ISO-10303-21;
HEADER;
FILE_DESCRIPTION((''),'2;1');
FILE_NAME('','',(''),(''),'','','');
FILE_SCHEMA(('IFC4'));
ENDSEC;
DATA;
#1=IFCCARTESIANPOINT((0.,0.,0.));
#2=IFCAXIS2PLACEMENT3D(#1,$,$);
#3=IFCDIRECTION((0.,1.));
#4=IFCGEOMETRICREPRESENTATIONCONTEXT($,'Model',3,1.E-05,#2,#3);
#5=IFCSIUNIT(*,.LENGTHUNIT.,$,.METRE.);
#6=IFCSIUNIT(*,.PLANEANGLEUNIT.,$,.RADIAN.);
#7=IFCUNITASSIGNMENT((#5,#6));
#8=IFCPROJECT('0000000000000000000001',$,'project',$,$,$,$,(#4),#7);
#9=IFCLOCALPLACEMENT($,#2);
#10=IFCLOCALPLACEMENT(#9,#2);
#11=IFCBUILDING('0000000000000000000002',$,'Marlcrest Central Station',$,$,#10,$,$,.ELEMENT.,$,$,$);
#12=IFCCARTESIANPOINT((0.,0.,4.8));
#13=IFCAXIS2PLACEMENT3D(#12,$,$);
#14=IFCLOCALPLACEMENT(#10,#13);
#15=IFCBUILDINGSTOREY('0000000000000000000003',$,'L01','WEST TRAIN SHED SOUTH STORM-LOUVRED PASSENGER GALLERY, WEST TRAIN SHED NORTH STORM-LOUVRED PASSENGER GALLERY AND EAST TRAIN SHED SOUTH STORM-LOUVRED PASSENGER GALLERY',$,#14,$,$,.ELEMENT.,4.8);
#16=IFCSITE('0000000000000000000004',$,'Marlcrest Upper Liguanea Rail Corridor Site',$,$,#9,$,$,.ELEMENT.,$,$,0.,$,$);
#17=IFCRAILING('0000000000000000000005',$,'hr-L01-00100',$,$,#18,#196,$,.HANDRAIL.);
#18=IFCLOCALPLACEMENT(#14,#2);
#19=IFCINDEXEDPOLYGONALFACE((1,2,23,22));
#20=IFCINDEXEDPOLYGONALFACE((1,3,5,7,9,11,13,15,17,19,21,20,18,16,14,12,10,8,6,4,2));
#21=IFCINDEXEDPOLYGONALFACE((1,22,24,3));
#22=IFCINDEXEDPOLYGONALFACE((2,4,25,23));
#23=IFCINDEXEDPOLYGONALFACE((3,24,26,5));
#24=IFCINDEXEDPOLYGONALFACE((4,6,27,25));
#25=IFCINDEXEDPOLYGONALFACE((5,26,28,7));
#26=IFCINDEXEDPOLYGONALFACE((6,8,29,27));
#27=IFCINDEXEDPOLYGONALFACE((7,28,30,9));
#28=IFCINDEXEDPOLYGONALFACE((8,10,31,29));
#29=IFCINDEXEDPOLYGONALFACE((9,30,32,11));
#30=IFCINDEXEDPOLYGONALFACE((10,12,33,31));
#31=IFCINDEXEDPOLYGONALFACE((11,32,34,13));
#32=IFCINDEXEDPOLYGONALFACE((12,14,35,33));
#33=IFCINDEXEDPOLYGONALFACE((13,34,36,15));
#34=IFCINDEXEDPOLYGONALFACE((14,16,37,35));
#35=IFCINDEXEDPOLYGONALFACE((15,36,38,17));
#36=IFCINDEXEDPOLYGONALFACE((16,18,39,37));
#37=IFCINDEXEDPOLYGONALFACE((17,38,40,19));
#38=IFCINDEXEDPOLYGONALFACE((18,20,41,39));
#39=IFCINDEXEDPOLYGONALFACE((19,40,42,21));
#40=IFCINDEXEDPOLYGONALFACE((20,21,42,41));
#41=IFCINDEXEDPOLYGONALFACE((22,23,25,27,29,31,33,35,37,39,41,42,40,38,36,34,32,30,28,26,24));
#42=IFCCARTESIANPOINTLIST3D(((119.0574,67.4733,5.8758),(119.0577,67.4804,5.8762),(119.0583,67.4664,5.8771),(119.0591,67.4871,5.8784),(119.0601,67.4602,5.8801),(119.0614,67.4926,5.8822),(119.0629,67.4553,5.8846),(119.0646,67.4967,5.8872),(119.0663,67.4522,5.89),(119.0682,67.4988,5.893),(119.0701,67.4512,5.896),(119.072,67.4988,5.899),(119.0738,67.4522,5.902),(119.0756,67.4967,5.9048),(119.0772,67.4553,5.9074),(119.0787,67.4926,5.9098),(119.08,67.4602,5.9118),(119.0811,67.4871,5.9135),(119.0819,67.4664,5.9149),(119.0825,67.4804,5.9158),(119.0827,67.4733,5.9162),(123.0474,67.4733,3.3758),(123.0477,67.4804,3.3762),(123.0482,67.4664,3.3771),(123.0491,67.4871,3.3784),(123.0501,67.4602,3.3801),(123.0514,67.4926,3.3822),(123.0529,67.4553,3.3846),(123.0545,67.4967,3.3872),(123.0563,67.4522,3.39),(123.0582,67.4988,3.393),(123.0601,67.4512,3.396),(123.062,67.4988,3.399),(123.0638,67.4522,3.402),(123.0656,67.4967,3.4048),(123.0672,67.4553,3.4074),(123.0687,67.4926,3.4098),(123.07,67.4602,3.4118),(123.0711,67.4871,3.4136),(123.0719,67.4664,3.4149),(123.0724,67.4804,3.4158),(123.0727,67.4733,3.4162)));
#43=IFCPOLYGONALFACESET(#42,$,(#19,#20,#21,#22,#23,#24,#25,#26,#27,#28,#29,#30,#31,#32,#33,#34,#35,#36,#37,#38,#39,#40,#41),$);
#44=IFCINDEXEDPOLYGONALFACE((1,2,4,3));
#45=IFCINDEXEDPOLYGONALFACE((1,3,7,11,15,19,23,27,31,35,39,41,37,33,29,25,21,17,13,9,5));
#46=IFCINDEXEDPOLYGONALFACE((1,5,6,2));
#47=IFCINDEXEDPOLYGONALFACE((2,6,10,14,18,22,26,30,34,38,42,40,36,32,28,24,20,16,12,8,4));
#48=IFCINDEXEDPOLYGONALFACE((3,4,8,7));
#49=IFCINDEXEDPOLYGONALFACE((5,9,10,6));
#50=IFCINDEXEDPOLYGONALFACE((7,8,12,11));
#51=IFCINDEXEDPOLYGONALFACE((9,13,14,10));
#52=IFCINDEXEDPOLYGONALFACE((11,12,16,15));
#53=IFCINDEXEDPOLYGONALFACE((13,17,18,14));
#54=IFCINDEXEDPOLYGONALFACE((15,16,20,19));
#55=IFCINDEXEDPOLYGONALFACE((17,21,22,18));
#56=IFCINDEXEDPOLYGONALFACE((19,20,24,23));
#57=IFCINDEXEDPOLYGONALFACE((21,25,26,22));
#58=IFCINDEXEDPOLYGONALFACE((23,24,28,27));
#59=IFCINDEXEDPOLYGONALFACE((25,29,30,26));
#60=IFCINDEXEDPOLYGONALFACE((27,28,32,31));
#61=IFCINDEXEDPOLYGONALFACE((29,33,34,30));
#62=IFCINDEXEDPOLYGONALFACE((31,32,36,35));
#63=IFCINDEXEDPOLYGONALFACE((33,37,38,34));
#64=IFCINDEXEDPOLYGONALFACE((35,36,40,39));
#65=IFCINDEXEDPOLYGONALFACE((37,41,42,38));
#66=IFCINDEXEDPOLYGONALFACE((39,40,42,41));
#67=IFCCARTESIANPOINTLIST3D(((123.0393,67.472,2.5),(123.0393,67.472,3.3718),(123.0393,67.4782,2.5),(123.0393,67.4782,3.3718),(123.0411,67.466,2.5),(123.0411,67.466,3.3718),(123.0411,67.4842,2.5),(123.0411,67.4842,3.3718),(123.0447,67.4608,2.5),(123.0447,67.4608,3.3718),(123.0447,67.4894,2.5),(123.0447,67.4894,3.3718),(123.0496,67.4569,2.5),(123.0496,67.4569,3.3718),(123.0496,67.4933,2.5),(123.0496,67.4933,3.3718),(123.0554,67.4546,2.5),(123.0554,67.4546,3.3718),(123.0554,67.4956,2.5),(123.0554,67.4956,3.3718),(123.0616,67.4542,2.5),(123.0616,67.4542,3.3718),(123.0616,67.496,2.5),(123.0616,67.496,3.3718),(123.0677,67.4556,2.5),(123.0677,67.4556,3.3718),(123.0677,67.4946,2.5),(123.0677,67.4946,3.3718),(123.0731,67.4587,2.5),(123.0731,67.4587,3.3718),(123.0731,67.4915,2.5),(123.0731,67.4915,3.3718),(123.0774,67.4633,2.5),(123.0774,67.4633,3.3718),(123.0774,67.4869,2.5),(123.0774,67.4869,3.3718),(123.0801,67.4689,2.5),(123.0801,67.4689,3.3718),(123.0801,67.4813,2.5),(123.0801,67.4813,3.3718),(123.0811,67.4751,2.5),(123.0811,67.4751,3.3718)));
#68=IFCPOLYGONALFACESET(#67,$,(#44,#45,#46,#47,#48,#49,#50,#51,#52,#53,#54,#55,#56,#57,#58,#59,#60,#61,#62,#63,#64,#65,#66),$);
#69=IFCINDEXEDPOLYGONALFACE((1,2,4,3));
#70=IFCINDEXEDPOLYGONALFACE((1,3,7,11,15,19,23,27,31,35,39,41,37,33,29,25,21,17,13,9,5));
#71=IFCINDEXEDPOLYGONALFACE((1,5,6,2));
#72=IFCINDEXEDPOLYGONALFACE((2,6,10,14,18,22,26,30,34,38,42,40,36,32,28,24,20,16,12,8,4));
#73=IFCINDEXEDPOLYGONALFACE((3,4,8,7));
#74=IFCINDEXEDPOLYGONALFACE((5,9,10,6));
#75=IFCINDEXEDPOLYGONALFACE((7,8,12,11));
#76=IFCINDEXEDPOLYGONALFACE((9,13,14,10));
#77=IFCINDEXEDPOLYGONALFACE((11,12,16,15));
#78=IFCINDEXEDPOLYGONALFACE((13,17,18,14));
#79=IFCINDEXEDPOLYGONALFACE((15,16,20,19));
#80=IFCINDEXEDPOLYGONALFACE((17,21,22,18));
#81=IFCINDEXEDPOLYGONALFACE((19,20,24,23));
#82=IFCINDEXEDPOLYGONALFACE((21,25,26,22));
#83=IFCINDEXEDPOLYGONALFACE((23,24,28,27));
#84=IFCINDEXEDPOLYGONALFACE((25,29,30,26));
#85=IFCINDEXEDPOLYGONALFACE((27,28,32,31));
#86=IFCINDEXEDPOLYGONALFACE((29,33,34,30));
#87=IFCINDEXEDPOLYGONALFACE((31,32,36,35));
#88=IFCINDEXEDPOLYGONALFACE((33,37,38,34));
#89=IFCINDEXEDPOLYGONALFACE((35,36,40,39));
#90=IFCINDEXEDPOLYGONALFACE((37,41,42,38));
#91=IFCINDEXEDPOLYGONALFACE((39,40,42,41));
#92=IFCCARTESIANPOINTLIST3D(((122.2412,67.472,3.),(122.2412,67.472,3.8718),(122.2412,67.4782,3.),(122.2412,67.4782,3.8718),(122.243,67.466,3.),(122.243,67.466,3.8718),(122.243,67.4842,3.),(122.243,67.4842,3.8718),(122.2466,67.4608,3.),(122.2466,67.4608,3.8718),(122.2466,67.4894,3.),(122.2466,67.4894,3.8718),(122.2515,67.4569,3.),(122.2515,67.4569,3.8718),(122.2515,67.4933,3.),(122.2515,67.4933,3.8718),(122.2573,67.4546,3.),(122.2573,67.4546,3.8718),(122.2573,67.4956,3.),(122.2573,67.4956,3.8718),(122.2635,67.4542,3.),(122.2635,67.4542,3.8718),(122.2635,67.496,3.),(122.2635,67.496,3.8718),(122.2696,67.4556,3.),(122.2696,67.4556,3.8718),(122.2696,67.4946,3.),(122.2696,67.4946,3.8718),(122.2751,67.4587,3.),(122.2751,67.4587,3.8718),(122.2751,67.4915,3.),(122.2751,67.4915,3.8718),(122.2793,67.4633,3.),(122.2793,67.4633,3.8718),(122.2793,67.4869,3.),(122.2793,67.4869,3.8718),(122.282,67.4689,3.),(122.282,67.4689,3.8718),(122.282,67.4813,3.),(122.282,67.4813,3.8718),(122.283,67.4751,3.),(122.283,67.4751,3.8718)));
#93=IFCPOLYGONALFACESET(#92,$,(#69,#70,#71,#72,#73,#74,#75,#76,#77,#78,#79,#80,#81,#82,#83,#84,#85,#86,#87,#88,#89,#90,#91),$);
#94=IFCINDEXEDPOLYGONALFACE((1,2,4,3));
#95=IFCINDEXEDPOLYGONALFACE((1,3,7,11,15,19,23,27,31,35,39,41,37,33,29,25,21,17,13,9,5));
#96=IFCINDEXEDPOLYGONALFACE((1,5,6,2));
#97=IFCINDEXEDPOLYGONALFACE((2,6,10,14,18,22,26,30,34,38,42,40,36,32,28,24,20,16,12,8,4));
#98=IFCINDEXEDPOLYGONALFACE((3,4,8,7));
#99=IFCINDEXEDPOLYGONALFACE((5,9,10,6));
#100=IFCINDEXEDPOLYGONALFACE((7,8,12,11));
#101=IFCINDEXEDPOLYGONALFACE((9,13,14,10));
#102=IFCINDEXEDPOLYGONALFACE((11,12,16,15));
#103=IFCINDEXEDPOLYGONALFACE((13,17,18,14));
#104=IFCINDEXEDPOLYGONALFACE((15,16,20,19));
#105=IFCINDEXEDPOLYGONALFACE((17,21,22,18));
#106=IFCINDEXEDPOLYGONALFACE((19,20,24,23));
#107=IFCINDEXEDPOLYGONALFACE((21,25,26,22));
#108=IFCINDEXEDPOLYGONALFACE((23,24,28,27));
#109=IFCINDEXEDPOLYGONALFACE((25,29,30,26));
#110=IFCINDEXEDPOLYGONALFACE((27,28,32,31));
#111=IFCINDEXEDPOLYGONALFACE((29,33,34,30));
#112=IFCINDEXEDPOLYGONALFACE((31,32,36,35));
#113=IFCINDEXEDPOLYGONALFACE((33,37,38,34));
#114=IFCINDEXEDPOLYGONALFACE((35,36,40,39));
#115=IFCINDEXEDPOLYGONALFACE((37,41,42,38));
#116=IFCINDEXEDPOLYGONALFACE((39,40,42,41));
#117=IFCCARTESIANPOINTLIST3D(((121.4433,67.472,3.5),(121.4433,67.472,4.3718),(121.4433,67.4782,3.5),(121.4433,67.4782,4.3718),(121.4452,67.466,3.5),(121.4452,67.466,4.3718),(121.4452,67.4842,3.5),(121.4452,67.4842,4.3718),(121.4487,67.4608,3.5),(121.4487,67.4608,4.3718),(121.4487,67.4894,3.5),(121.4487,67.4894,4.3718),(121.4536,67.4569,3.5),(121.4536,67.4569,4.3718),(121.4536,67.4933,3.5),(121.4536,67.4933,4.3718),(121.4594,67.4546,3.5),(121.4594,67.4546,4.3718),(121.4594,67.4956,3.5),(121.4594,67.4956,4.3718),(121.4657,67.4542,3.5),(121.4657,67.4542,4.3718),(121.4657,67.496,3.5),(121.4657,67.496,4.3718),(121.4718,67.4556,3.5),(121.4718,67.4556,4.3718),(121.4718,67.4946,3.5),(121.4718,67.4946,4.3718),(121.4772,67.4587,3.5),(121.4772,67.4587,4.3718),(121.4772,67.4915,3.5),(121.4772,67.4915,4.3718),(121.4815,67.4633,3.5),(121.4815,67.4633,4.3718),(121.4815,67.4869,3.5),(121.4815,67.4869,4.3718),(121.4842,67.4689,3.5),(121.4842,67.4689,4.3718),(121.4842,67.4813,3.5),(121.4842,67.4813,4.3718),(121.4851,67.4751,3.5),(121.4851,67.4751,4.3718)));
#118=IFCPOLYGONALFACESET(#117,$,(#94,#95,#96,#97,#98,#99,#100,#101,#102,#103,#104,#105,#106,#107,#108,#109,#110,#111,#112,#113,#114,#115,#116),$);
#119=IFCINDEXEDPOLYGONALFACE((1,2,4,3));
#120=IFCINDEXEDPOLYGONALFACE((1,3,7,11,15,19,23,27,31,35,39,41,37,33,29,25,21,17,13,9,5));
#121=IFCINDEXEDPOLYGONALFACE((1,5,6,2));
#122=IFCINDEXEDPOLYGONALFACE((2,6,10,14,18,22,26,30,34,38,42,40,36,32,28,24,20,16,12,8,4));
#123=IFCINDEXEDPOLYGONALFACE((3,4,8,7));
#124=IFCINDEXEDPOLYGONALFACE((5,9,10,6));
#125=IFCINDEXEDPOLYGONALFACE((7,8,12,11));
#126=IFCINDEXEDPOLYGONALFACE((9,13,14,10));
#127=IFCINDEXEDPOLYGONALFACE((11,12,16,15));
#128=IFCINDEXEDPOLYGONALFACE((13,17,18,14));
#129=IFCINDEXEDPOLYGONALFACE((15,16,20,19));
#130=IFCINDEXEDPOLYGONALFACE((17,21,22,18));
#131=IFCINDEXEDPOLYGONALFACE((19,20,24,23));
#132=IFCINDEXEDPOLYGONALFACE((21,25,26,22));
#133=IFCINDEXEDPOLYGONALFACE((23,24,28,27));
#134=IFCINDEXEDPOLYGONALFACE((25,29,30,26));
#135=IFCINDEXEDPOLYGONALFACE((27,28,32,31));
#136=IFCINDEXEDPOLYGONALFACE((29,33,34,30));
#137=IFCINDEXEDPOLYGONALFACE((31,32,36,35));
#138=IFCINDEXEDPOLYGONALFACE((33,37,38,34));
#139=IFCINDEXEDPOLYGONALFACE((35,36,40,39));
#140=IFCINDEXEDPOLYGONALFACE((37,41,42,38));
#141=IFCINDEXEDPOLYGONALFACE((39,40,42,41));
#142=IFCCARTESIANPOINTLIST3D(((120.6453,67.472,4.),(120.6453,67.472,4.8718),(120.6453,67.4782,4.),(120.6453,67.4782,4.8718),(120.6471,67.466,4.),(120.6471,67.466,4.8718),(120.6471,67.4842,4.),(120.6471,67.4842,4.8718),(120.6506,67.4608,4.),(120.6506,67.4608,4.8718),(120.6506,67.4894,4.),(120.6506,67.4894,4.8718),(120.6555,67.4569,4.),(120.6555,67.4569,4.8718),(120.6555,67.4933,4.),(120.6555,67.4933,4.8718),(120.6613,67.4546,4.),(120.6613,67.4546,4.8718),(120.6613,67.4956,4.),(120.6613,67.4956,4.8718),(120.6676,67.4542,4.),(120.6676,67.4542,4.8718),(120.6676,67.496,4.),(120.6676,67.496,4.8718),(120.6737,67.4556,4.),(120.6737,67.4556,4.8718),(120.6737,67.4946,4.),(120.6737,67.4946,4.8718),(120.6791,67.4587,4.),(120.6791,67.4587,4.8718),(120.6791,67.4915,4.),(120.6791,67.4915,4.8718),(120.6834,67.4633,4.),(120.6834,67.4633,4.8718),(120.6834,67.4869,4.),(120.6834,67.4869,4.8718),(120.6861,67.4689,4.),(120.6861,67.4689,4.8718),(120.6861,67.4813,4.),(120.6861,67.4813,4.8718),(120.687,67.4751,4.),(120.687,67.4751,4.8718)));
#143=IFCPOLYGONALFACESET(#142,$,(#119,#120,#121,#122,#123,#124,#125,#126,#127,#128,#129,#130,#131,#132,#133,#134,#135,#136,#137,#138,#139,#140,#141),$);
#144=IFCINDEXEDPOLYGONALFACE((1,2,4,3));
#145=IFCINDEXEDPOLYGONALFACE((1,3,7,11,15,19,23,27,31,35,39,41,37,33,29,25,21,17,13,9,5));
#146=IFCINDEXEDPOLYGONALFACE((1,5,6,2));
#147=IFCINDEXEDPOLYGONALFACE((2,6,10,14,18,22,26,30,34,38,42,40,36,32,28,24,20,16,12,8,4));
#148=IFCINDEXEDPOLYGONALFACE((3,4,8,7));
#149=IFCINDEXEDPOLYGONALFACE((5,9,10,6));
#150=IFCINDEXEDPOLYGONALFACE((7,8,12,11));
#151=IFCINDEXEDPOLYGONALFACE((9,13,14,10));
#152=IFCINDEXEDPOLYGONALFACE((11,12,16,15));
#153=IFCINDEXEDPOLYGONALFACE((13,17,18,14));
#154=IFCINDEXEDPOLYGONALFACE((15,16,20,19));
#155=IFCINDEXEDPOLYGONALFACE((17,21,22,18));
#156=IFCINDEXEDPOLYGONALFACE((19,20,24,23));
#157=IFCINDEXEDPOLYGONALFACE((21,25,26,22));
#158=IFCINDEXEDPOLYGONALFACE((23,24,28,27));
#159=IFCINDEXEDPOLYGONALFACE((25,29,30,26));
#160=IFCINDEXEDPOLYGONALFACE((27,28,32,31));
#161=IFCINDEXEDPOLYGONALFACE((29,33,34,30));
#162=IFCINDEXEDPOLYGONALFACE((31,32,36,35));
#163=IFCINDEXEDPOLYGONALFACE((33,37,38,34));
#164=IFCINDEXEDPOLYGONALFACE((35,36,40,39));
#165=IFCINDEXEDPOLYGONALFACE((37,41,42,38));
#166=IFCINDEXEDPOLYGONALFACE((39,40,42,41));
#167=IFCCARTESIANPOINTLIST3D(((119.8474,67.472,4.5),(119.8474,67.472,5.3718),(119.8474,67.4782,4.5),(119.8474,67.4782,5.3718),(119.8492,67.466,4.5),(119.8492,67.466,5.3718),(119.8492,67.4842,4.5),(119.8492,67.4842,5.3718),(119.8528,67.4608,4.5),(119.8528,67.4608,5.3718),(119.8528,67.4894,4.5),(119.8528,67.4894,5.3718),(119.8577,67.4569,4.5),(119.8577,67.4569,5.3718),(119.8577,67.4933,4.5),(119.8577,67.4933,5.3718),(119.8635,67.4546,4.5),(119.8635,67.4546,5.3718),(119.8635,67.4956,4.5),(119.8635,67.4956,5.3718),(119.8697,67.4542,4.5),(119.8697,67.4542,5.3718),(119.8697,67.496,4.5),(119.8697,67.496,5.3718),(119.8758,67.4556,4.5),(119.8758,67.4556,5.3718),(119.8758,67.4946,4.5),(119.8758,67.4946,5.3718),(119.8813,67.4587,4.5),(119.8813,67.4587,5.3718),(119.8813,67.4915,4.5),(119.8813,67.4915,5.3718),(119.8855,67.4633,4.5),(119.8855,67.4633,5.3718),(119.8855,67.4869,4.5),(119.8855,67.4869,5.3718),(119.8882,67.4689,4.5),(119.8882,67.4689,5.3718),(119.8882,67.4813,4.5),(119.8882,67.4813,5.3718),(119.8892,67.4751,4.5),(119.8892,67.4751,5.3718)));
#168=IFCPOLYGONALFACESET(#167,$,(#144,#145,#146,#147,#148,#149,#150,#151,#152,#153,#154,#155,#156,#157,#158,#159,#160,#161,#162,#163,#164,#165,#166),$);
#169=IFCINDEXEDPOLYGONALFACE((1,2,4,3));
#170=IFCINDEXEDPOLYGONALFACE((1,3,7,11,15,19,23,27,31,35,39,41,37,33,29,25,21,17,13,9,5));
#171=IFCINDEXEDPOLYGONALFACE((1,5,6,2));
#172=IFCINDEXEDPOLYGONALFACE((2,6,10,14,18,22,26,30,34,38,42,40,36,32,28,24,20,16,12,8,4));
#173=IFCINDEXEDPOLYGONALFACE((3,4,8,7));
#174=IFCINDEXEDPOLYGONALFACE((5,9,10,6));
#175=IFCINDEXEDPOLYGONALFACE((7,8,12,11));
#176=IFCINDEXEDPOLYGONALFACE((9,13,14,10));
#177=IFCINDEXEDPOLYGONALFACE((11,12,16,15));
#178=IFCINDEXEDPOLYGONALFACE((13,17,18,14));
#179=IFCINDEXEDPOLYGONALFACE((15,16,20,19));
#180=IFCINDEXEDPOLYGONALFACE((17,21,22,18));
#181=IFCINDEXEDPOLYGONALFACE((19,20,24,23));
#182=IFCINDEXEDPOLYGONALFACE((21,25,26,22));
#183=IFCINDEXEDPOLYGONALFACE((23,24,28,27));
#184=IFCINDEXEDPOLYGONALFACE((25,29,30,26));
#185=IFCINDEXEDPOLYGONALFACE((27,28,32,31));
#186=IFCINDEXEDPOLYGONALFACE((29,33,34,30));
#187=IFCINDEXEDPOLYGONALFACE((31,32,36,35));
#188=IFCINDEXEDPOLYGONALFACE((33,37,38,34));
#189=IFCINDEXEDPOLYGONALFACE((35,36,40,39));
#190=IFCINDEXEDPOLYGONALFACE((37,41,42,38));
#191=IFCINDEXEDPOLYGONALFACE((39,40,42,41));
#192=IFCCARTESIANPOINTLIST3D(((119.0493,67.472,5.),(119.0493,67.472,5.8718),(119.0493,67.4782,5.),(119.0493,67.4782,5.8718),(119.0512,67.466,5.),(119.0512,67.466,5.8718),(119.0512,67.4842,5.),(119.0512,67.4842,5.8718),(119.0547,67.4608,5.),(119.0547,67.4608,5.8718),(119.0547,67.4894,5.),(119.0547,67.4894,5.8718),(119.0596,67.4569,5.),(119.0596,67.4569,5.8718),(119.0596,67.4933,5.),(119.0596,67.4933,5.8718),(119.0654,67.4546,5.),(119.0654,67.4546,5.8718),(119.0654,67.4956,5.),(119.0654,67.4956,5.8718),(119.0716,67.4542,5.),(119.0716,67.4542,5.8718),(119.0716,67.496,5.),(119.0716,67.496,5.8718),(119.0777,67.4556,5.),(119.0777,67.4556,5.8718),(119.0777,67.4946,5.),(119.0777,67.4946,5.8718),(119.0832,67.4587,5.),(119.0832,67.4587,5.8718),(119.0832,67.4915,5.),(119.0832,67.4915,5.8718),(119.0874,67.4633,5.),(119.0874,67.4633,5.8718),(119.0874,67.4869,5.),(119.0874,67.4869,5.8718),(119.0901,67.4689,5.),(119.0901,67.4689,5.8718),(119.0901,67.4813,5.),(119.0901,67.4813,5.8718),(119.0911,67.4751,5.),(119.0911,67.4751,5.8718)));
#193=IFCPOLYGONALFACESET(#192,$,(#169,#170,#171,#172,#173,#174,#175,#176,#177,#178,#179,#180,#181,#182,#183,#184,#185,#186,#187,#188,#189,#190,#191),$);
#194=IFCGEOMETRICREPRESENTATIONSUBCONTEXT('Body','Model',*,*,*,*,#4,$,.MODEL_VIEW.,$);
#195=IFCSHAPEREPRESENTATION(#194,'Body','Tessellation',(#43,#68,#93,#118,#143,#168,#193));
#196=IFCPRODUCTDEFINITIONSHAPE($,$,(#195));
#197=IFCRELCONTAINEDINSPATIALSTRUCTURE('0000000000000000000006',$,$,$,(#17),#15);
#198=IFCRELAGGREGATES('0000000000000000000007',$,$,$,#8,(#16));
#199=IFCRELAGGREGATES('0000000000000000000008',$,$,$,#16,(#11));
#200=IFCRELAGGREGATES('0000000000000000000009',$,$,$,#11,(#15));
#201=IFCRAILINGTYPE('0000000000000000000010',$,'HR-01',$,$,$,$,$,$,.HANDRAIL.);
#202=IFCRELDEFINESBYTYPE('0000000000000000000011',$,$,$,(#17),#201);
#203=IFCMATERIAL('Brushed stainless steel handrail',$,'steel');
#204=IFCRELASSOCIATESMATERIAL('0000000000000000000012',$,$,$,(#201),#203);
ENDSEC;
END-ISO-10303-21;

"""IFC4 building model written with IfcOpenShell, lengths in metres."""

from ifc_helpers import new_model, si_unit, direction, frame, origin, origin_2d, place, context, subcontext, project, spatial, circle, extrude, material, type_object, element, save


model = new_model("IFC4")

# Units and contexts
model_context = context("Model", 3, precision=1e-05, world=origin(), true_north=direction((0.0, 1.0)))
body_context = subcontext(model_context, "Body", "Model", "MODEL_VIEW")
ifc_project = project(units=[si_unit("LENGTHUNIT", "METRE"), si_unit("PLANEANGLEUNIT", "RADIAN")], contexts=[model_context])

# Site, building, storey
site_placement = place(None, origin())
site = spatial("IfcSite", under=ifc_project, at=site_placement, Name="Marlcrest Upper Liguanea Rail Corridor Site", CompositionType="ELEMENT", RefElevation=0.0)
building_placement = place(site_placement, origin())
building = spatial("IfcBuilding", under=site, at=building_placement, Name="Marlcrest Central Station", CompositionType="ELEMENT")
storey_placement = place(building_placement, frame((0.0, 0.0, 4.8)))
storey = spatial("IfcBuildingStorey", under=building, at=storey_placement, Name="L01", Description="WEST TRAIN SHED SOUTH STORM-LOUVRED PASSENGER GALLERY, WEST TRAIN SHED NORTH STORM-LOUVRED PASSENGER GALLERY AND EAST TRAIN SHED SOUTH STORM-LOUVRED PASSENGER GALLERY", CompositionType="ELEMENT", Elevation=4.8)

# Railing
ifc_material_1 = material(Name="Brushed stainless steel handrail", Category="steel")
railing_type_1 = type_object("IfcRailingType", Name="HR-01", PredefinedType="HANDRAIL", material=ifc_material_1)
railing_1_placement = place(storey_placement, frame((123.0601, 67.4751, 2.5)))
element("IfcRailing", 1, at=railing_1_placement, inside=storey, type_object=railing_type_1, Name="hr-L01-00100", PredefinedType="HANDRAIL", context=body_context, shape_type="SweptSolid", body=[
    extrude(circle(Radius=0.0239, at=origin_2d()), frame((0.0, 0.0, 0.896), z_axis=(-0.847401, 0.0, 0.530954), x_axis=(0.0, -1.0, 0.0)), (0.0, 0.0, 1.0), 4.7085),
    extrude(circle(Radius=0.021, at=origin_2d()), origin(), (0.0, 0.0, 1.0), 0.8718),
    extrude(circle(Radius=0.021, at=origin_2d()), frame((-0.7981, 0.0, 0.5)), (0.0, 0.0, 1.0), 0.8718),
    extrude(circle(Radius=0.021, at=origin_2d()), frame((-1.5959, 0.0, 1.0)), (0.0, 0.0, 1.0), 0.8718),
    extrude(circle(Radius=0.021, at=origin_2d()), frame((-2.394, 0.0, 1.5)), (0.0, 0.0, 1.0), 0.8718),
    extrude(circle(Radius=0.021, at=origin_2d()), frame((-3.1919, 0.0, 2.0)), (0.0, 0.0, 1.0), 0.8718),
    extrude(circle(Radius=0.021, at=origin_2d()), frame((-3.99, 0.0, 2.5)), (0.0, 0.0, 1.0), 0.8718),
])

save(model, "model.ifc")
